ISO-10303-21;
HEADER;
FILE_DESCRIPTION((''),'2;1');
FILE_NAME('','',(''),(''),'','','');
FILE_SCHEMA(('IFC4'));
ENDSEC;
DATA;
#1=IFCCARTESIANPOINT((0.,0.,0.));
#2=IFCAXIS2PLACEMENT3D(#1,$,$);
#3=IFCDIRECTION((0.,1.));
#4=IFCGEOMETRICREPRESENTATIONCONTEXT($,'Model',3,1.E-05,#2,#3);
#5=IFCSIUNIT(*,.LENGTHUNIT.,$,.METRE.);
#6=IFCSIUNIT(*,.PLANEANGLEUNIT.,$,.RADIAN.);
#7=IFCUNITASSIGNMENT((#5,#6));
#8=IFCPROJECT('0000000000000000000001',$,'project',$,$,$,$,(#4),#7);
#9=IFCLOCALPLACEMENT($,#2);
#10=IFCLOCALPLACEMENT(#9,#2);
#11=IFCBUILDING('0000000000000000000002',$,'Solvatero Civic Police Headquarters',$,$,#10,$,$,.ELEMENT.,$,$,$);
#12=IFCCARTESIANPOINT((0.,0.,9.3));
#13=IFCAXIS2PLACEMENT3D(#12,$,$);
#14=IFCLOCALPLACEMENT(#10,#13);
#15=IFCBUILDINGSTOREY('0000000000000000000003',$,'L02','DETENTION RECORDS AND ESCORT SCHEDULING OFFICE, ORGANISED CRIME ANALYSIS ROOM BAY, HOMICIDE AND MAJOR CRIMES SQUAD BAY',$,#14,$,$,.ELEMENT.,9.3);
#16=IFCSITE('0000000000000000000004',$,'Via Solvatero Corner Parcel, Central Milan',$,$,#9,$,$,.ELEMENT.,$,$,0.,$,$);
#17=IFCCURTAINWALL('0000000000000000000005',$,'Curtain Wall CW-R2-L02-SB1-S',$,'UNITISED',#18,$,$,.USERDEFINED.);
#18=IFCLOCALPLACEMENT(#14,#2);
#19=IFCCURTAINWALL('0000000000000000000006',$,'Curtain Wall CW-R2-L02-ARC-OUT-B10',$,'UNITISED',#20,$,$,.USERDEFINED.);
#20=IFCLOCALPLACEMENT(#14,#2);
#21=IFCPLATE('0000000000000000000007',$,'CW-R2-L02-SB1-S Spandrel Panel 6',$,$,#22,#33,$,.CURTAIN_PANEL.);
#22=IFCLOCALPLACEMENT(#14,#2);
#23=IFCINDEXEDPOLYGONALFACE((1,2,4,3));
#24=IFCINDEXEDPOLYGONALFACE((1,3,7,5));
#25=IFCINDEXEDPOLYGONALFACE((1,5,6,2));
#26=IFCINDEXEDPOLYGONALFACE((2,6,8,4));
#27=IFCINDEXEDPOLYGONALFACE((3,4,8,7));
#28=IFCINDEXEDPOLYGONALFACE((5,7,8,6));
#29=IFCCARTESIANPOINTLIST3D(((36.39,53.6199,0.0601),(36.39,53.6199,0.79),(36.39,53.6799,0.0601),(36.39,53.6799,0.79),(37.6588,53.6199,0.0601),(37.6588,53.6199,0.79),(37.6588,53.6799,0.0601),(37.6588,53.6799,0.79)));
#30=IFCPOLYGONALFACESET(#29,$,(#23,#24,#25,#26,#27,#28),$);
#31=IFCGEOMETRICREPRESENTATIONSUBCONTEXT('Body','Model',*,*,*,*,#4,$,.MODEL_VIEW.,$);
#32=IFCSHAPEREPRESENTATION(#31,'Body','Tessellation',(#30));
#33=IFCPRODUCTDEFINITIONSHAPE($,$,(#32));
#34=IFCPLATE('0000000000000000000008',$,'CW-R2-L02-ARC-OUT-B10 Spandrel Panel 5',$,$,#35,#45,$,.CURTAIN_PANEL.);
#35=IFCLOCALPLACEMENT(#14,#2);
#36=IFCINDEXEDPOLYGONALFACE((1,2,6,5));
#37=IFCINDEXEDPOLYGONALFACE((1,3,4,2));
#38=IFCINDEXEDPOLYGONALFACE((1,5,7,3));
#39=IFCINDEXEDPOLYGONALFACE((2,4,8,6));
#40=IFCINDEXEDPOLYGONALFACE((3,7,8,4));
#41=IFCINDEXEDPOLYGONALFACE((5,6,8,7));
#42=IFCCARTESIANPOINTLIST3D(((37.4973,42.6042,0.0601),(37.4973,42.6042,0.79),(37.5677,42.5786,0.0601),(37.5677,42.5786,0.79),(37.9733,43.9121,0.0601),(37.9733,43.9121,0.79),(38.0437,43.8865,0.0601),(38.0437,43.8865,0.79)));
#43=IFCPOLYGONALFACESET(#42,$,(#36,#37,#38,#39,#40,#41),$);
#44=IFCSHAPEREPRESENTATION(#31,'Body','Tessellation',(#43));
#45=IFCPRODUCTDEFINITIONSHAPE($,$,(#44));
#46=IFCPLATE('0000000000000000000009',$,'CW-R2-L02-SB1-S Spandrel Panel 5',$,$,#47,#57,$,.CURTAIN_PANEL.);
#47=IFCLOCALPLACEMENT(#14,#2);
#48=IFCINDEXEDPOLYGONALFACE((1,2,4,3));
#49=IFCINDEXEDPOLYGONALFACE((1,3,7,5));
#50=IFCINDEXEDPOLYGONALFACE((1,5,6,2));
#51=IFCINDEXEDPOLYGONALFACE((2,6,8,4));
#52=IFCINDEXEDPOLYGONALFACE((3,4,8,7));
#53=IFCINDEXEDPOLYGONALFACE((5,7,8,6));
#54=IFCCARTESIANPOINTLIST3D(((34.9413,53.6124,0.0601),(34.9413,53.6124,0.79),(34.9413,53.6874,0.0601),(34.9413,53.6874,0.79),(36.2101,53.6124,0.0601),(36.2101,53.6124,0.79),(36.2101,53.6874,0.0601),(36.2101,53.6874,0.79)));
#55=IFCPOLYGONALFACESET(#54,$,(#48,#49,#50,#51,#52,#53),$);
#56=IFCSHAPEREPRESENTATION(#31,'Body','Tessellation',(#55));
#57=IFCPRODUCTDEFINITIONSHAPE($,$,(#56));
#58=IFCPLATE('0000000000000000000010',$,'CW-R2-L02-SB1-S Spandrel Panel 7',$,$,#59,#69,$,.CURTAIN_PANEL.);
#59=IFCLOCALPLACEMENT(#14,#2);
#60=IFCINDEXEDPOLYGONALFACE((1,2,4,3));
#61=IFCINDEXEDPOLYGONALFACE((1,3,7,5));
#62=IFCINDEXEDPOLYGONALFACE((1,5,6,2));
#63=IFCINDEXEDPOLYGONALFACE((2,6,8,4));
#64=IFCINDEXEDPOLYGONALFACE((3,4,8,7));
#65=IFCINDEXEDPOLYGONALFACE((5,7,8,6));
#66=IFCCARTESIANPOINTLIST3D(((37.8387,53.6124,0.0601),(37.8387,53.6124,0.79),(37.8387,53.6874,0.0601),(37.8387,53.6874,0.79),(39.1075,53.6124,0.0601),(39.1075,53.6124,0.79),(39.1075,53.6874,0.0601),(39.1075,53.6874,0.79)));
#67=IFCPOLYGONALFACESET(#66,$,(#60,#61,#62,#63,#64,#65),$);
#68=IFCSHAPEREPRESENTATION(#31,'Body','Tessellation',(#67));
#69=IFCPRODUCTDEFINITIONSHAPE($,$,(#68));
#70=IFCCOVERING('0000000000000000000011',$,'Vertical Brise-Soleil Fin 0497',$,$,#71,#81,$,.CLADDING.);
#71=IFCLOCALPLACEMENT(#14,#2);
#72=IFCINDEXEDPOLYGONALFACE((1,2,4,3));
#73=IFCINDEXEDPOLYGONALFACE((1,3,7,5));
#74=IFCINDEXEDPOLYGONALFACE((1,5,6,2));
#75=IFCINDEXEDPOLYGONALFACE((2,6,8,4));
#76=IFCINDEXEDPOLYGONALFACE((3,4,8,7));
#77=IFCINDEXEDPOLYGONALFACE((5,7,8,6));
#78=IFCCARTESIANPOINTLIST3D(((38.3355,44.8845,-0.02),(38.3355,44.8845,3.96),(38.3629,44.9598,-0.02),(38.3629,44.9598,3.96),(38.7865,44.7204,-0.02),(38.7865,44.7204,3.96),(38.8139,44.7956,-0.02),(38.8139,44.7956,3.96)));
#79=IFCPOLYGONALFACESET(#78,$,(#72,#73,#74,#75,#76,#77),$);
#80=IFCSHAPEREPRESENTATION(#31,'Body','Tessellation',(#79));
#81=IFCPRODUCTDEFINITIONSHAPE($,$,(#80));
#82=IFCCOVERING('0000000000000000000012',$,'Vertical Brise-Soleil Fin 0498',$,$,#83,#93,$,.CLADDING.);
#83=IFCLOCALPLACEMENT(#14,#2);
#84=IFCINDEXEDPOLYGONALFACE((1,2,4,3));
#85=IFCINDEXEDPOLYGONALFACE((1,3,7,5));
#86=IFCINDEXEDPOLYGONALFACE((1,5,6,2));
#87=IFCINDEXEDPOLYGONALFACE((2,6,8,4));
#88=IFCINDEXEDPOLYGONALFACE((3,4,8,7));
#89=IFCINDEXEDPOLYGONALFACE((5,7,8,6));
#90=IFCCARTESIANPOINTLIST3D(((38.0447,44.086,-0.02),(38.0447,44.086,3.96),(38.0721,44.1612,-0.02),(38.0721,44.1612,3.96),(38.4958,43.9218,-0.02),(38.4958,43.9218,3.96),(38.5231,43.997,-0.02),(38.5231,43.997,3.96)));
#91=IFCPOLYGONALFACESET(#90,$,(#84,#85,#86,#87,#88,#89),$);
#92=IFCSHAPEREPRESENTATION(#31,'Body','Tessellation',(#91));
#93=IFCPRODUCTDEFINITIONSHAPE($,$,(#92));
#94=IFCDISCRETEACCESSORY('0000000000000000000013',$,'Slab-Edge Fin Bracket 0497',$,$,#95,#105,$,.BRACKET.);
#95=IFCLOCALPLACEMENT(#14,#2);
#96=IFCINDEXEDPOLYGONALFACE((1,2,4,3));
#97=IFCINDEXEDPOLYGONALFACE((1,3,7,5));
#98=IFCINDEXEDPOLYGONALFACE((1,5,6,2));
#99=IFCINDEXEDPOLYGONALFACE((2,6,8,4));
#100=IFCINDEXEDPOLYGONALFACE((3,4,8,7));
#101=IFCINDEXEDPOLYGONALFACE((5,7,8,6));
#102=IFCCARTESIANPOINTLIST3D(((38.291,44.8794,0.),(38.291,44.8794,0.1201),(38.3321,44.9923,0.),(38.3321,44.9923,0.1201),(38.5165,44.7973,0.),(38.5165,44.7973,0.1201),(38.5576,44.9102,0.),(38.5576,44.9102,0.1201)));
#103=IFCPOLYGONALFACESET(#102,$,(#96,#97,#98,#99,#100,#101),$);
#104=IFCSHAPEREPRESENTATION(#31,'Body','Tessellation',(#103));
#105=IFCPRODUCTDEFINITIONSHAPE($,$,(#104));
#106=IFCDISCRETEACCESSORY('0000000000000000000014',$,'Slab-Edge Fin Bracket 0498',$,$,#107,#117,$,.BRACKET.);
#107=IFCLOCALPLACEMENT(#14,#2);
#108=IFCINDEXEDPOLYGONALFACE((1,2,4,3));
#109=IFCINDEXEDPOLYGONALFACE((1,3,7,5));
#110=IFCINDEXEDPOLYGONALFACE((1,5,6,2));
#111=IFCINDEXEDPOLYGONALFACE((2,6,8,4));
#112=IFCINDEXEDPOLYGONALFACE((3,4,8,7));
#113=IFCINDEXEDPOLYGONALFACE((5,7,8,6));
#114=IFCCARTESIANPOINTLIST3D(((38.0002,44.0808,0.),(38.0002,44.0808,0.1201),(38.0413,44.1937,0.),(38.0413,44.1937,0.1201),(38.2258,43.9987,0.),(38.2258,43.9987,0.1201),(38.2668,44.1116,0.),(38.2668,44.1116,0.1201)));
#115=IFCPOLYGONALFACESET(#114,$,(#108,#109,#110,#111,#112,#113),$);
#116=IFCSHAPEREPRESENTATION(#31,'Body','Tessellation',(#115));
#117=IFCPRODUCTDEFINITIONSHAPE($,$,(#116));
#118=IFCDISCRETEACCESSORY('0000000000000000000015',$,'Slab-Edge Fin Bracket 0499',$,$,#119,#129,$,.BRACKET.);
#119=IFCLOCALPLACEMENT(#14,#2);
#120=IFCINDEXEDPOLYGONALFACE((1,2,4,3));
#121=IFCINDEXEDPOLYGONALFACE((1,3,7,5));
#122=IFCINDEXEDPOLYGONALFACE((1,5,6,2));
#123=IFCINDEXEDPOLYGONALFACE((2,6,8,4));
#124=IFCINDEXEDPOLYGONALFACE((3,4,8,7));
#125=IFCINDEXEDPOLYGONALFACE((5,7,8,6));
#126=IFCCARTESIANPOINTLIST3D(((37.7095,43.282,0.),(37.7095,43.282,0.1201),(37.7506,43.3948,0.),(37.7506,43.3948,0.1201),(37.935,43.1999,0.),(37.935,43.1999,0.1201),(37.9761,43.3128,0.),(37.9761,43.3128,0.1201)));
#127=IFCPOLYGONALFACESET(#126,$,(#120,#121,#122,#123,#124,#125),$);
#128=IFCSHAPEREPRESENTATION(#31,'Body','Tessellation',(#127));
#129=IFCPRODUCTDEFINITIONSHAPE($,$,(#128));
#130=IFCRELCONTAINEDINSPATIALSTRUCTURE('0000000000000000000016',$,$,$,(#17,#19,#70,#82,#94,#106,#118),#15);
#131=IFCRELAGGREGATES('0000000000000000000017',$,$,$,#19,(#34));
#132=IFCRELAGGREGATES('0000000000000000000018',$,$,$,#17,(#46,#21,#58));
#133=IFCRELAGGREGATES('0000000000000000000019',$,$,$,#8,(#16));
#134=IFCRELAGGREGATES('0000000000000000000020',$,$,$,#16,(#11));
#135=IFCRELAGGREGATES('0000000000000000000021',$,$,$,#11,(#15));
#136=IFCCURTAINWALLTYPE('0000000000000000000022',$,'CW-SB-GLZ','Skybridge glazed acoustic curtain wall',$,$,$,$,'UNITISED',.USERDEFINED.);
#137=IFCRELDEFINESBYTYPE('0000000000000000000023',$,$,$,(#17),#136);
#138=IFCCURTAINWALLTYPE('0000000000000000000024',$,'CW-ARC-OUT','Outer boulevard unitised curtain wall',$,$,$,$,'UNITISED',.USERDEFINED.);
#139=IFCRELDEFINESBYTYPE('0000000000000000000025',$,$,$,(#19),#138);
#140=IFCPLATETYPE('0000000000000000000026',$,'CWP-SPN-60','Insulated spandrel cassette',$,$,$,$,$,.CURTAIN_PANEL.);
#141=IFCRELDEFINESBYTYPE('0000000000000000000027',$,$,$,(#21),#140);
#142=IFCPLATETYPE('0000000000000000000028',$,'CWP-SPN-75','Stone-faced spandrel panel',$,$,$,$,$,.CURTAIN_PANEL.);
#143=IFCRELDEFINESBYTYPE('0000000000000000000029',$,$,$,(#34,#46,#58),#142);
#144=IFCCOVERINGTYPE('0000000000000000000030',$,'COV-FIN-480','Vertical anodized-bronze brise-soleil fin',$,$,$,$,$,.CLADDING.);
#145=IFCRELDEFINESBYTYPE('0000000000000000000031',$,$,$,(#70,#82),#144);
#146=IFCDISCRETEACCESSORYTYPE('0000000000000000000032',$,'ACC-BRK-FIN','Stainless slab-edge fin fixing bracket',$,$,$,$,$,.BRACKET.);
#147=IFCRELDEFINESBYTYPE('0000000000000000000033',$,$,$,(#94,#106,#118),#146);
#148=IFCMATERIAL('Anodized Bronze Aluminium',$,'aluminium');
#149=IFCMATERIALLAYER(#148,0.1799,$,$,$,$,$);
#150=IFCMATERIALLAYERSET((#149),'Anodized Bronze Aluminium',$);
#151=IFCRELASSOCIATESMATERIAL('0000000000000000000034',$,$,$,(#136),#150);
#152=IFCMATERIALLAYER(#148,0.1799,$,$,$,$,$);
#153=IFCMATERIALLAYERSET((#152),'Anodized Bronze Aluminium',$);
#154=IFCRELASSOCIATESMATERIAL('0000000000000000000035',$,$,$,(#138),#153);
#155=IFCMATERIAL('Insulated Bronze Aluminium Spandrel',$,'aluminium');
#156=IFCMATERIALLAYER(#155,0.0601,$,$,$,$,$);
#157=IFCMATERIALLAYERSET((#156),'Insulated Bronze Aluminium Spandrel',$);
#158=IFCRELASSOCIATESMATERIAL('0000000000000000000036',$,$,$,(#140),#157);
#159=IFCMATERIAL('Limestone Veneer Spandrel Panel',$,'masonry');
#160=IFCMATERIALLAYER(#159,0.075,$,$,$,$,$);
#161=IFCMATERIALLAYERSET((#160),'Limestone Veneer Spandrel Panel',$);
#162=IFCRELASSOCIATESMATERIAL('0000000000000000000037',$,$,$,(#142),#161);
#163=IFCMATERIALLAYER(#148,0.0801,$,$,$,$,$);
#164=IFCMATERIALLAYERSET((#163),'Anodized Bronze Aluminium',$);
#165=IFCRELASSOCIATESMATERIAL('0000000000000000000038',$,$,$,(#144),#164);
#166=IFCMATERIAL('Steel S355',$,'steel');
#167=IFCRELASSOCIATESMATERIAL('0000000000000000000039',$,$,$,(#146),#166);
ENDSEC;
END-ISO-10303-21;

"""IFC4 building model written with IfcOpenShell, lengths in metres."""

from ifc_helpers import new_model, si_unit, direction, frame, origin, origin_2d, place, context, subcontext, project, spatial, rectangle, extrude, material, layer, layer_set, type_object, element, aggregate, save


model = new_model("IFC4")

# Units and contexts
model_context = context("Model", 3, precision=1e-05, world=origin(), true_north=direction((0.0, 1.0)))
body_context = subcontext(model_context, "Body", "Model", "MODEL_VIEW")
ifc_project = project(units=[si_unit("LENGTHUNIT", "METRE"), si_unit("PLANEANGLEUNIT", "RADIAN")], contexts=[model_context])

# Site, building, storey
site_placement = place(None, origin())
site = spatial("IfcSite", under=ifc_project, at=site_placement, Name="Via Solvatero Corner Parcel, Central Milan", CompositionType="ELEMENT", RefElevation=0.0)
building_placement = place(site_placement, origin())
building = spatial("IfcBuilding", under=site, at=building_placement, Name="Solvatero Civic Police Headquarters", CompositionType="ELEMENT")
storey_placement = place(building_placement, frame((0.0, 0.0, 9.3)))
storey = spatial("IfcBuildingStorey", under=building, at=storey_placement, Name="L02", Description="DETENTION RECORDS AND ESCORT SCHEDULING OFFICE, ORGANISED CRIME ANALYSIS ROOM BAY, HOMICIDE AND MAJOR CRIMES SQUAD BAY", CompositionType="ELEMENT", Elevation=9.3)

# Shared definitions
ifc_material_1 = material(Name="Steel S355", Category="steel")

# Curtain wall
ifc_material_2 = material(Name="Anodized Bronze Aluminium", Category="aluminium")
ifc_layer_1 = layer(ifc_material_2, 0.1799)
ifc_layer_set_1 = layer_set([ifc_layer_1], Name="Anodized Bronze Aluminium")
curtain_wall_type_1 = type_object("IfcCurtainWallType", Name="CW-SB-GLZ", Description="Skybridge glazed acoustic curtain wall", ElementType="UNITISED", PredefinedType="USERDEFINED", material=ifc_layer_set_1)
curtain_wall_1_placement = place(storey_placement, origin())
curtain_wall_1 = element("IfcCurtainWall", 1, at=curtain_wall_1_placement, inside=storey, type_object=curtain_wall_type_1, Name="Curtain Wall CW-R2-L02-SB1-S", ObjectType="UNITISED", PredefinedType="USERDEFINED")

# Curtain wall
ifc_layer_2 = layer(ifc_material_2, 0.1799)
ifc_layer_set_2 = layer_set([ifc_layer_2], Name="Anodized Bronze Aluminium")
curtain_wall_type_2 = type_object("IfcCurtainWallType", Name="CW-ARC-OUT", Description="Outer boulevard unitised curtain wall", ElementType="UNITISED", PredefinedType="USERDEFINED", material=ifc_layer_set_2)
curtain_wall_2_placement = place(storey_placement, origin())
curtain_wall_2 = element("IfcCurtainWall", 2, at=curtain_wall_2_placement, inside=storey, type_object=curtain_wall_type_2, Name="Curtain Wall CW-R2-L02-ARC-OUT-B10", ObjectType="UNITISED", PredefinedType="USERDEFINED")

# Plates
ifc_material_3 = material(Name="Insulated Bronze Aluminium Spandrel", Category="aluminium")
ifc_layer_3 = layer(ifc_material_3, 0.0601)
ifc_layer_set_3 = layer_set([ifc_layer_3], Name="Insulated Bronze Aluminium Spandrel")
plate_type_1 = type_object("IfcPlateType", Name="CWP-SPN-60", Description="Insulated spandrel cassette", PredefinedType="CURTAIN_PANEL", material=ifc_layer_set_3)
plate_1_placement = place(storey_placement, frame((37.0244, 53.6499, 0.0601), z_axis=(0.0, 0.0, 1.0), x_axis=(1.0, 0.0, 0.0)))
plate_1 = element("IfcPlate", 3, at=plate_1_placement, type_object=plate_type_1, Name="CW-R2-L02-SB1-S Spandrel Panel 6", PredefinedType="CURTAIN_PANEL", context=body_context, shape_type="SweptSolid", body=[
    extrude(rectangle(XDim=1.2688, YDim=0.0601, at=origin_2d()), origin(), (0.0, 0.0, 1.0), 0.73),
])
ifc_material_4 = material(Name="Limestone Veneer Spandrel Panel", Category="masonry")
ifc_layer_4 = layer(ifc_material_4, 0.075)
ifc_layer_set_4 = layer_set([ifc_layer_4], Name="Limestone Veneer Spandrel Panel")
plate_type_2 = type_object("IfcPlateType", Name="CWP-SPN-75", Description="Stone-faced spandrel panel", PredefinedType="CURTAIN_PANEL", material=ifc_layer_set_4)
plate_2_placement = place(storey_placement, frame((37.7705, 43.2454, 0.0601), z_axis=(0.0, 0.0, 1.0), x_axis=(-0.34202, -0.939693, 0.0)))
plate_2 = element("IfcPlate", 4, at=plate_2_placement, type_object=plate_type_2, Name="CW-R2-L02-ARC-OUT-B10 Spandrel Panel 5", PredefinedType="CURTAIN_PANEL", context=body_context, shape_type="SweptSolid", body=[
    extrude(rectangle(XDim=1.3918, YDim=0.075, at=origin_2d()), origin(), (0.0, 0.0, 1.0), 0.73),
])
aggregate(curtain_wall_2, [plate_2])
plate_3_placement = place(storey_placement, frame((35.5757, 53.6499, 0.0601), z_axis=(0.0, 0.0, 1.0), x_axis=(1.0, 0.0, 0.0)))
plate_3 = element("IfcPlate", 5, at=plate_3_placement, type_object=plate_type_2, Name="CW-R2-L02-SB1-S Spandrel Panel 5", PredefinedType="CURTAIN_PANEL", context=body_context, shape_type="SweptSolid", body=[
    extrude(rectangle(XDim=1.2688, YDim=0.075, at=origin_2d()), origin(), (0.0, 0.0, 1.0), 0.73),
])
plate_4_placement = place(storey_placement, frame((38.4731, 53.6499, 0.0601), z_axis=(0.0, 0.0, 1.0), x_axis=(1.0, 0.0, 0.0)))
plate_4 = element("IfcPlate", 6, at=plate_4_placement, type_object=plate_type_2, Name="CW-R2-L02-SB1-S Spandrel Panel 7", PredefinedType="CURTAIN_PANEL", context=body_context, shape_type="SweptSolid", body=[
    extrude(rectangle(XDim=1.2688, YDim=0.075, at=origin_2d()), origin(), (0.0, 0.0, 1.0), 0.73),
])
aggregate(curtain_wall_1, [plate_3, plate_1, plate_4])

# Coverings
ifc_layer_5 = layer(ifc_material_2, 0.0801)
ifc_layer_set_5 = layer_set([ifc_layer_5], Name="Anodized Bronze Aluminium")
covering_type = type_object("IfcCoveringType", Name="COV-FIN-480", Description="Vertical anodized-bronze brise-soleil fin", PredefinedType="CLADDING", material=ifc_layer_set_5)
for number, where, z_axis, x_axis, name in (
    (7, (38.5747, 44.8401, -0.02), (0.0, 0.0, 1.0), (-0.34202, -0.939693, 0.0), "Vertical Brise-Soleil Fin 0497"),
    (8, (38.2839, 44.0415, -0.02), (0.0, 0.0, 1.0), (-0.34202, -0.939693, 0.0), "Vertical Brise-Soleil Fin 0498"),
):
    element("IfcCovering", number, at=place(storey_placement, frame(where, z_axis=z_axis, x_axis=x_axis)), inside=storey, type_object=covering_type, Name=name, PredefinedType="CLADDING", context=body_context, shape_type="SweptSolid", body=[
        extrude(rectangle(XDim=0.0801, YDim=0.48, at=origin_2d()), origin(), (0.0, 0.0, 1.0), 3.98),
    ])

# Discrete accessories
discrete_accessory_type = type_object("IfcDiscreteAccessoryType", Name="ACC-BRK-FIN", Description="Stainless slab-edge fin fixing bracket", PredefinedType="BRACKET", material=ifc_material_1)
for number, where, z_axis, x_axis, name in (
    (9, (38.4243, 44.8948, 0.0), (0.0, 0.0, 1.0), (-0.34202, -0.939693, 0.0), "Slab-Edge Fin Bracket 0497"),
    (10, (38.1335, 44.0962, 0.0), (0.0, 0.0, 1.0), (-0.34202, -0.939693, 0.0), "Slab-Edge Fin Bracket 0498"),
    (11, (37.8428, 43.2974, 0.0), (0.0, 0.0, 1.0), (-0.34202, -0.939693, 0.0), "Slab-Edge Fin Bracket 0499"),
):
    element("IfcDiscreteAccessory", number, at=place(storey_placement, frame(where, z_axis=z_axis, x_axis=x_axis)), inside=storey, type_object=discrete_accessory_type, Name=name, PredefinedType="BRACKET", context=body_context, shape_type="SweptSolid", body=[
        extrude(rectangle(XDim=0.1201, YDim=0.24, at=origin_2d()), origin(), (0.0, 0.0, 1.0), 0.1201),
    ])

save(model, "model.ifc")
